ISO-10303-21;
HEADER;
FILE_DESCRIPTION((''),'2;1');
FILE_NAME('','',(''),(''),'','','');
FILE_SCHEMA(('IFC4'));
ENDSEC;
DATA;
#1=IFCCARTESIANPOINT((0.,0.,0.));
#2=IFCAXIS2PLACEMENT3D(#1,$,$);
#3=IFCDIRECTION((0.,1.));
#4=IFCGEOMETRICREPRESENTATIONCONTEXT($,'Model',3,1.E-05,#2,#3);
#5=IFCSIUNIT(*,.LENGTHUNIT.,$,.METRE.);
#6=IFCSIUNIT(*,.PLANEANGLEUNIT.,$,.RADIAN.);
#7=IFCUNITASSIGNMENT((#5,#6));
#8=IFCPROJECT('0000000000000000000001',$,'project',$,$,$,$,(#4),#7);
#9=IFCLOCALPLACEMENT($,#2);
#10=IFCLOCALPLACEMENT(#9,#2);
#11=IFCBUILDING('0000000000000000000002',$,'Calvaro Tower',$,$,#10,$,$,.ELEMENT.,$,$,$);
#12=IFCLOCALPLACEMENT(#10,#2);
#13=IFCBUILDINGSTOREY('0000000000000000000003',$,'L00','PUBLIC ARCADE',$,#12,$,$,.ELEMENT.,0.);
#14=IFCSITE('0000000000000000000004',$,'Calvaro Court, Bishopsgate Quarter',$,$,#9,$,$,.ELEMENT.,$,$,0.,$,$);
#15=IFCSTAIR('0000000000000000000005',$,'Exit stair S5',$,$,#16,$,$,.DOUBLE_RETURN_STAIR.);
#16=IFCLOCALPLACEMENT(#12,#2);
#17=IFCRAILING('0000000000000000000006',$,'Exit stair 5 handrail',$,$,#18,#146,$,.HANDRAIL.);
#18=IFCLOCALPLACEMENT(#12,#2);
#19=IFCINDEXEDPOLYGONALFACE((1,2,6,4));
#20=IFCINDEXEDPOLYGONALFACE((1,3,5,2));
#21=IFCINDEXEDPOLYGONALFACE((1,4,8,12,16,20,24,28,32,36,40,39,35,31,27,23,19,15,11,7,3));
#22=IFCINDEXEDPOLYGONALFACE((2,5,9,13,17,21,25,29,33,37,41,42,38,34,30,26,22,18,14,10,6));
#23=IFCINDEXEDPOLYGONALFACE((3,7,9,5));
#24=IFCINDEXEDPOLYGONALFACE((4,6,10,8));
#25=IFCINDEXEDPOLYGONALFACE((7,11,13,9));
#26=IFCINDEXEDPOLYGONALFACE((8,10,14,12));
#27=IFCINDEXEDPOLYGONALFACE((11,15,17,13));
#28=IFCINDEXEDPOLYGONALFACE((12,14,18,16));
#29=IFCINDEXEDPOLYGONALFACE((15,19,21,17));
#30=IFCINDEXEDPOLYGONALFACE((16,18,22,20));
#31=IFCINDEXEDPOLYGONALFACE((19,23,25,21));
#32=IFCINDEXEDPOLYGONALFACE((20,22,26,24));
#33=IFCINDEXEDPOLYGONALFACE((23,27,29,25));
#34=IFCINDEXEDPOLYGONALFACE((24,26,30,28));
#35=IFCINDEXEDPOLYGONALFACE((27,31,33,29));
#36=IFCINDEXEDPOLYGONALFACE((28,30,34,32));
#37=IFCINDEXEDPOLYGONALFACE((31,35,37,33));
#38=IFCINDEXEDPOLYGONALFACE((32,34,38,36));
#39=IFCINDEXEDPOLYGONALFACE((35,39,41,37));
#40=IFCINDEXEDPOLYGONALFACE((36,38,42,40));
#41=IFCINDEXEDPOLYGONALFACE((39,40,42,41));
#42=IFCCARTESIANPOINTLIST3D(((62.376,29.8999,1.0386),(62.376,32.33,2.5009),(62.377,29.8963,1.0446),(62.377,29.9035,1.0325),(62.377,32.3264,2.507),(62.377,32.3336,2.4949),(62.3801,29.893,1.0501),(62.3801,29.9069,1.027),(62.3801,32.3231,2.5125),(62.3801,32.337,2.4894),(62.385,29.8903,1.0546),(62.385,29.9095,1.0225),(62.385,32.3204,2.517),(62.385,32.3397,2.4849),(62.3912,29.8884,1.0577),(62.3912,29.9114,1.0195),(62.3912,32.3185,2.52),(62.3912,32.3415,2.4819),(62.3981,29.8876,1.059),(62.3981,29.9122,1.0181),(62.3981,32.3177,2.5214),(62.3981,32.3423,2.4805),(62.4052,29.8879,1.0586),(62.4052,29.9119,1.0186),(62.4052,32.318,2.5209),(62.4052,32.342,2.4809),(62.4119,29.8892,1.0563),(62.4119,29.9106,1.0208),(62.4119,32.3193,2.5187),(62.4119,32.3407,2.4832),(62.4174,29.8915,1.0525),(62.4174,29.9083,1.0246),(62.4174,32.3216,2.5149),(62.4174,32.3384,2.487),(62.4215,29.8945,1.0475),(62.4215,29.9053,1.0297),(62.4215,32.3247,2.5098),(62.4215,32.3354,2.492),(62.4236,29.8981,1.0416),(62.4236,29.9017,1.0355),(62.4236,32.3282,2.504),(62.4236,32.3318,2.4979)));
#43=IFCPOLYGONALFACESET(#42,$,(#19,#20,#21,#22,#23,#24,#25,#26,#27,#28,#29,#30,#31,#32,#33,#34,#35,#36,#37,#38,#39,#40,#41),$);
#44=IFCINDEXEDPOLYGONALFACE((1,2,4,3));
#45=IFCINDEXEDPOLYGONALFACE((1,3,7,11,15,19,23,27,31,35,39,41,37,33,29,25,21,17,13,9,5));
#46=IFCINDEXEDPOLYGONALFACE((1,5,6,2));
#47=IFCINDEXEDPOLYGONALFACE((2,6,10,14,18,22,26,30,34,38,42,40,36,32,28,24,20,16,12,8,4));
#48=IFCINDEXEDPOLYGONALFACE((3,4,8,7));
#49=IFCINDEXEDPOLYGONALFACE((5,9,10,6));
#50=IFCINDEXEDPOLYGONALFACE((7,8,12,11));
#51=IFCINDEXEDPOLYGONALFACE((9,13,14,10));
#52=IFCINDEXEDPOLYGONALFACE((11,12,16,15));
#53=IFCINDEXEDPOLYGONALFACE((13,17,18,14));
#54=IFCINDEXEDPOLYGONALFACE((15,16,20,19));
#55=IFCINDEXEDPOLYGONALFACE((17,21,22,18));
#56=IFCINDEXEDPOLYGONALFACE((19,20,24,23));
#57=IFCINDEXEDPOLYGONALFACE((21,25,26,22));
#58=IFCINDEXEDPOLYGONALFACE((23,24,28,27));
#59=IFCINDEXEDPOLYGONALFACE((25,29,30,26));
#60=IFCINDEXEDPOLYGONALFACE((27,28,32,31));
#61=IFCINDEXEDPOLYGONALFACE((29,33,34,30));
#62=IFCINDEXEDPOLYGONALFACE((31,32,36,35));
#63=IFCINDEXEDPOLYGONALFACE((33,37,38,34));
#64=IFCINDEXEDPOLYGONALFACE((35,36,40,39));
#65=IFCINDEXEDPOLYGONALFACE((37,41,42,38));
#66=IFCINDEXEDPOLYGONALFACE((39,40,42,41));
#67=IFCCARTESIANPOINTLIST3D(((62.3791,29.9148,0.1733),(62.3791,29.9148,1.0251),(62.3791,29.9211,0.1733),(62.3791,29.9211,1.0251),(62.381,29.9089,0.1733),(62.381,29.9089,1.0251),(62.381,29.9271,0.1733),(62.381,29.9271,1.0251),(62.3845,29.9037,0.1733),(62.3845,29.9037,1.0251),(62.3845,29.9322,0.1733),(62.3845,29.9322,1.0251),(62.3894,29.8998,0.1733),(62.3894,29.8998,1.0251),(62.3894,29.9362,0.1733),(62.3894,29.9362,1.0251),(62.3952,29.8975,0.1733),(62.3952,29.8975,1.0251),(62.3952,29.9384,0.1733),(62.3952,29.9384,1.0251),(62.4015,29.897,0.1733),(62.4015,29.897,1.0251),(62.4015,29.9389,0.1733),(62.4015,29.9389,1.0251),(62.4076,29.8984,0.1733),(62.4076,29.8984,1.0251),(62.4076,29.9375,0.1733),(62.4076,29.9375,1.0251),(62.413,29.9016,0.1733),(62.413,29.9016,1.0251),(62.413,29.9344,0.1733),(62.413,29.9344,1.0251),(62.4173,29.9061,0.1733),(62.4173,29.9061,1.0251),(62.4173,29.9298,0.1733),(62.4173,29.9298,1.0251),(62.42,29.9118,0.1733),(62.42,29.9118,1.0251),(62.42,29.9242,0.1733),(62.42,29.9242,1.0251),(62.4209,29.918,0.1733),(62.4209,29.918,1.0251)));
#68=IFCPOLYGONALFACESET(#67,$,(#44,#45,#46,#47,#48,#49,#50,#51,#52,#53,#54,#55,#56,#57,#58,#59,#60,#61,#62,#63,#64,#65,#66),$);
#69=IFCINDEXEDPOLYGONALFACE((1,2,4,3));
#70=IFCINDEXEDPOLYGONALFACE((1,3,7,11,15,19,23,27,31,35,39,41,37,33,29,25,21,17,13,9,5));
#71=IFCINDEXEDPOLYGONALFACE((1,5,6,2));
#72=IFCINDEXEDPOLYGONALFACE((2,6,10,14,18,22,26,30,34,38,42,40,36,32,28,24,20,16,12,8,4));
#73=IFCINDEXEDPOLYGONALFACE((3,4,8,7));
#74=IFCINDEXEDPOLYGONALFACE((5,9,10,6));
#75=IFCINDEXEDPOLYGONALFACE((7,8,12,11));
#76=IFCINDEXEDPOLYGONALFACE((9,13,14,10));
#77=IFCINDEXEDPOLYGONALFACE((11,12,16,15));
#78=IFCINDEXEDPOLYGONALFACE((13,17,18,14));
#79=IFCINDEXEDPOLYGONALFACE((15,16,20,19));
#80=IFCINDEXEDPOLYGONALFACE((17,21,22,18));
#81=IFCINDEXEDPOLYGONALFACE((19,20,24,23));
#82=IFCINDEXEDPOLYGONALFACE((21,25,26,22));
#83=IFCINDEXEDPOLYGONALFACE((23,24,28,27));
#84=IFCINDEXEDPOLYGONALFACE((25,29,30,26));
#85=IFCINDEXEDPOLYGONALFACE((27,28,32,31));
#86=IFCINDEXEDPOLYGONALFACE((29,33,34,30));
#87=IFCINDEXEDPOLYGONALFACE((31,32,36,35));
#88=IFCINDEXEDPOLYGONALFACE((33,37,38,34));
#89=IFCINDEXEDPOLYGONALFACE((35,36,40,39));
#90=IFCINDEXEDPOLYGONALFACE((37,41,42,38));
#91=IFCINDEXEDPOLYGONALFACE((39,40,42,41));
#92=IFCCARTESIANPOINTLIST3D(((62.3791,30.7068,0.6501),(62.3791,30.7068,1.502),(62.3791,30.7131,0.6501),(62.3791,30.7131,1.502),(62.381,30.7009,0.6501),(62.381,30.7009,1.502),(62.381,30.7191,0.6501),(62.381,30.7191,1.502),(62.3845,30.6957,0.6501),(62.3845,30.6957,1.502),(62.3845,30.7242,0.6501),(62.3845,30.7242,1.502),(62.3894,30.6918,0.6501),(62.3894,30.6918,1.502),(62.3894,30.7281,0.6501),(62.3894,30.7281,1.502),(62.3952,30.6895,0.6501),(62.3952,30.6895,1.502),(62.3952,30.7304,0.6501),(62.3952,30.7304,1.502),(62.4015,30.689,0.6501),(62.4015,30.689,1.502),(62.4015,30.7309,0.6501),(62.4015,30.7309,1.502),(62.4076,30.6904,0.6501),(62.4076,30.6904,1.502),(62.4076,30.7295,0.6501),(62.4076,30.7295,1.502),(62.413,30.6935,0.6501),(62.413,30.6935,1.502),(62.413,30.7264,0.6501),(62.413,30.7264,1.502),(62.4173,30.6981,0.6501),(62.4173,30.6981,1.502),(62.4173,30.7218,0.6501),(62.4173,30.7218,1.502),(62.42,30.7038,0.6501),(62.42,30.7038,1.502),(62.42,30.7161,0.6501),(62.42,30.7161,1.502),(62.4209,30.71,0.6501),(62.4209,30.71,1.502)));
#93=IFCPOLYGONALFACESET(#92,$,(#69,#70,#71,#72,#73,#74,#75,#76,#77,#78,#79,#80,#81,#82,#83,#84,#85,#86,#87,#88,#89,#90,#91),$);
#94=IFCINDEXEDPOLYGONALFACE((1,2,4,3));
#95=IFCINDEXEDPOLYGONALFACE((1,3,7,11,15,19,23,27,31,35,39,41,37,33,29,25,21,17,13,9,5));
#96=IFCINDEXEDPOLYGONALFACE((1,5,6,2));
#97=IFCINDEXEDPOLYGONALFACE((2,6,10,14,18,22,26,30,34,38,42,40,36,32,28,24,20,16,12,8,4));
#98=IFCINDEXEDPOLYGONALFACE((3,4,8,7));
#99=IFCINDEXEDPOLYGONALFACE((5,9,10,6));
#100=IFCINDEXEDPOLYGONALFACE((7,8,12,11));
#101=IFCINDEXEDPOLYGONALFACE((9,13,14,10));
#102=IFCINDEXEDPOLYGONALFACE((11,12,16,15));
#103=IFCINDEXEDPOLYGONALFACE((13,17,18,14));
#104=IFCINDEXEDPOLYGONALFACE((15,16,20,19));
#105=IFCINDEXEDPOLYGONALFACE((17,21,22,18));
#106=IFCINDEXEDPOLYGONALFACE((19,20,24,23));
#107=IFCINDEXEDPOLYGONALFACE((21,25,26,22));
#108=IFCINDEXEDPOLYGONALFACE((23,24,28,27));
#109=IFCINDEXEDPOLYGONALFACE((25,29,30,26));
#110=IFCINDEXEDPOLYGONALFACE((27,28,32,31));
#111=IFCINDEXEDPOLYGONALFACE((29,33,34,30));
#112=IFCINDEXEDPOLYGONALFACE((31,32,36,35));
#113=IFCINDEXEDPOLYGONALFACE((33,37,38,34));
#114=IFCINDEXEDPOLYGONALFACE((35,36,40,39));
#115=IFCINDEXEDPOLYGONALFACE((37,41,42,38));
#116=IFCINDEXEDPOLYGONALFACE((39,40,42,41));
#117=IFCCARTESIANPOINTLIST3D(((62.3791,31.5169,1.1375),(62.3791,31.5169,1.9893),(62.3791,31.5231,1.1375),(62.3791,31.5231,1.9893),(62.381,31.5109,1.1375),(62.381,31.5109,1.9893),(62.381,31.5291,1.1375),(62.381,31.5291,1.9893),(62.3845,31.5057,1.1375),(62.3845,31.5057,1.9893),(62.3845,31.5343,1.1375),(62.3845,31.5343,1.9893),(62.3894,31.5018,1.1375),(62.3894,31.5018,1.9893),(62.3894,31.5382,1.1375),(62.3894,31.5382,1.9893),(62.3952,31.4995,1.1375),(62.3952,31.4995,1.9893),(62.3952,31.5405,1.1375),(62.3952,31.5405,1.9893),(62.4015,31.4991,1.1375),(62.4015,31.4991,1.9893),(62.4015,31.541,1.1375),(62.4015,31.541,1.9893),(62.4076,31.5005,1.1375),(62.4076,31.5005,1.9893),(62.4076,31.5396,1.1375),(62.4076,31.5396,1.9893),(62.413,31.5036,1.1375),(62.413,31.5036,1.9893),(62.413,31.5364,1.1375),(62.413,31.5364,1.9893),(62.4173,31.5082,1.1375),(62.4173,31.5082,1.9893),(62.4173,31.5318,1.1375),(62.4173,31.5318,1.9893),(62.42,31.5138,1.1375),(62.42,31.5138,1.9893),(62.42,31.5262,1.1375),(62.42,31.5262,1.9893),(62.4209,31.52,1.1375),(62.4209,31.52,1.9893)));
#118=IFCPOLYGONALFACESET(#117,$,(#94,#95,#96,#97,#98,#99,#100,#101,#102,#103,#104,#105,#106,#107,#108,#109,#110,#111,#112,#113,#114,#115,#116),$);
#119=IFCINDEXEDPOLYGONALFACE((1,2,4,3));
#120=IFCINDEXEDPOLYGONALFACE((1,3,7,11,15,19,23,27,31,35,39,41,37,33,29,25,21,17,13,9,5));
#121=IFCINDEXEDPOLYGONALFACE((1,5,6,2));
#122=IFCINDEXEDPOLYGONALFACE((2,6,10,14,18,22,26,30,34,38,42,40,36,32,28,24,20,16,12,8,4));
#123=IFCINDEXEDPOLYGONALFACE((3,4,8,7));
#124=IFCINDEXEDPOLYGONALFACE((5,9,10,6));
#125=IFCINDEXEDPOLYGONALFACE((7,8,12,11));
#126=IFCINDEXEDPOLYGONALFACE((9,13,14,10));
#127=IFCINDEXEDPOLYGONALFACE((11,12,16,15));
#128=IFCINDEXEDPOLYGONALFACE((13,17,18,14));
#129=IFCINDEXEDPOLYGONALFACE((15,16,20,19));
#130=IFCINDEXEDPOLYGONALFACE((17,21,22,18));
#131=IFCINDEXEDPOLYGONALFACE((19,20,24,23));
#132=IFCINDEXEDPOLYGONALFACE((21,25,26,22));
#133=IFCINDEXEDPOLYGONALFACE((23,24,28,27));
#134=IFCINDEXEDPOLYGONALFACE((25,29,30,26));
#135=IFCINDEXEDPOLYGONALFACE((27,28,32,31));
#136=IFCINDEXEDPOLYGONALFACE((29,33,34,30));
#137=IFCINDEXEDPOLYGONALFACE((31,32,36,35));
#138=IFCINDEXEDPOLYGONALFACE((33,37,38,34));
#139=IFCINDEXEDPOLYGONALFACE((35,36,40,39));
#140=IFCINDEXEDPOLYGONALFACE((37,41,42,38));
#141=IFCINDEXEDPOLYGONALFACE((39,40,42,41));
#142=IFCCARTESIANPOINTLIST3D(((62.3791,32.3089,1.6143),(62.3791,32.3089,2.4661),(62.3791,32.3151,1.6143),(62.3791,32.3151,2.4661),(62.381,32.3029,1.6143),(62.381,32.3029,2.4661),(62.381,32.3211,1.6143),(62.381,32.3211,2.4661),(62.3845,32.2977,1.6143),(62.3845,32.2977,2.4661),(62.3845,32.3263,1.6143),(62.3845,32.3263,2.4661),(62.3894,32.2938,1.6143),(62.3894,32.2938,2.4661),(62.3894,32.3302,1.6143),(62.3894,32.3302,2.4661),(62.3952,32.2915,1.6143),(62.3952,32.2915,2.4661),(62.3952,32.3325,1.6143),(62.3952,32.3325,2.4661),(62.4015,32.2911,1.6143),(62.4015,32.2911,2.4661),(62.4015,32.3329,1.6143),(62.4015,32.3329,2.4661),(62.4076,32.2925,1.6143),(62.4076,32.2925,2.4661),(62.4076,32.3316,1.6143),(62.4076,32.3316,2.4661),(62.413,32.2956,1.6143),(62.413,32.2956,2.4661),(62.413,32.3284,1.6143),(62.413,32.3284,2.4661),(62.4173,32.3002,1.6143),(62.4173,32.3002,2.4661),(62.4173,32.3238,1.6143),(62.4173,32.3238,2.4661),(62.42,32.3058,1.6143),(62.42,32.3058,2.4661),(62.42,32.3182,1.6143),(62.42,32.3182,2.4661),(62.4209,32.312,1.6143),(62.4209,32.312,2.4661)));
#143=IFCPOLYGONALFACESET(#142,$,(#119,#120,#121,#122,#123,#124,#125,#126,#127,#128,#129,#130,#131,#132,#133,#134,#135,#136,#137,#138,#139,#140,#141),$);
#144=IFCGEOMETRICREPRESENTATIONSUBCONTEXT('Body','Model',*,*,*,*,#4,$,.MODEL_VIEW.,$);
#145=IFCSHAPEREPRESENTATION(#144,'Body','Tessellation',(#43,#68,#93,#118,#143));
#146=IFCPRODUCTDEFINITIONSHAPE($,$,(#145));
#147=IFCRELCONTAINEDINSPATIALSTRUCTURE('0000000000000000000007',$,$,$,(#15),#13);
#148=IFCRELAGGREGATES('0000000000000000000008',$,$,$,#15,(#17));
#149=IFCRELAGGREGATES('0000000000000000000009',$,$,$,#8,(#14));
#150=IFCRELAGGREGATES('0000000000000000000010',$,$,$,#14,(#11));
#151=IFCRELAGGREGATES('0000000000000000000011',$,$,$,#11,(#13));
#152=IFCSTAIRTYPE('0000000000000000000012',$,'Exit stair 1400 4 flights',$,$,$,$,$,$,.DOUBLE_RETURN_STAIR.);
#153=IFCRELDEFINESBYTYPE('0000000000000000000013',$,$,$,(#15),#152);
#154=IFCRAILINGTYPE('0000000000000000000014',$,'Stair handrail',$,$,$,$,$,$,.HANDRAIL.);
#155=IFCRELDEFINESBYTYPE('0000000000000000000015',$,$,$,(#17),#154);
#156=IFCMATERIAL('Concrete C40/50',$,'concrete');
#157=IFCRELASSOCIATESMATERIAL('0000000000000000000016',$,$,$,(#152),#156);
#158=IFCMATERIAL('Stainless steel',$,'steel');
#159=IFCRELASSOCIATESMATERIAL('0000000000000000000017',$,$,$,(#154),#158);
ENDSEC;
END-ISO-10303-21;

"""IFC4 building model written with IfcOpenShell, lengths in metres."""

from ifc_helpers import new_model, si_unit, direction, frame, origin, origin_2d, place, context, subcontext, project, spatial, circle, extrude, material, type_object, element, aggregate, save


model = new_model("IFC4")

# Units and contexts
model_context = context("Model", 3, precision=1e-05, world=origin(), true_north=direction((0.0, 1.0)))
body_context = subcontext(model_context, "Body", "Model", "MODEL_VIEW")
ifc_project = project(units=[si_unit("LENGTHUNIT", "METRE"), si_unit("PLANEANGLEUNIT", "RADIAN")], contexts=[model_context])

# Site, building, storey
site_placement = place(None, origin())
site = spatial("IfcSite", under=ifc_project, at=site_placement, Name="Calvaro Court, Bishopsgate Quarter", CompositionType="ELEMENT", RefElevation=0.0)
building_placement = place(site_placement, origin())
building = spatial("IfcBuilding", under=site, at=building_placement, Name="Calvaro Tower", CompositionType="ELEMENT")
storey_placement = place(building_placement, origin())
storey = spatial("IfcBuildingStorey", under=building, at=storey_placement, Name="L00", Description="PUBLIC ARCADE", CompositionType="ELEMENT", Elevation=0.0)

# Stair, railing
ifc_material_1 = material(Name="Concrete C40/50", Category="concrete")
stair_type = type_object("IfcStairType", Name="Exit stair 1400 4 flights", PredefinedType="DOUBLE_RETURN_STAIR", material=ifc_material_1)
stair_placement = place(storey_placement, origin())
stair = element("IfcStair", 1, at=stair_placement, inside=storey, type_object=stair_type, Name="Exit stair S5", PredefinedType="DOUBLE_RETURN_STAIR")
ifc_material_2 = material(Name="Stainless steel", Category="steel")
railing_type = type_object("IfcRailingType", Name="Stair handrail", PredefinedType="HANDRAIL", material=ifc_material_2)
railing_1_placement = place(storey_placement, frame((62.3999, 29.8999, 0.1626)))
railing_1 = element("IfcRailing", 2, at=railing_1_placement, type_object=railing_type, Name="Exit stair 5 handrail", PredefinedType="HANDRAIL", context=body_context, shape_type="SweptSolid", body=[
    extrude(circle(Radius=0.0239, at=origin_2d()), frame((0.0, 0.0, 0.876), z_axis=(0.0, 0.856824, 0.515609), x_axis=(-1.0, 0.0, 0.0)), (0.0, 0.0, 1.0), 2.8362),
    extrude(circle(Radius=0.021, at=origin_2d()), frame((0.0, 0.0181, 0.0107)), (0.0, 0.0, 1.0), 0.8518),
    extrude(circle(Radius=0.021, at=origin_2d()), frame((0.0, 0.8101, 0.4875)), (0.0, 0.0, 1.0), 0.8518),
    extrude(circle(Radius=0.021, at=origin_2d()), frame((0.0, 1.6201, 0.9749)), (0.0, 0.0, 1.0), 0.8518),
    extrude(circle(Radius=0.021, at=origin_2d()), frame((0.0, 2.4121, 1.4517)), (0.0, 0.0, 1.0), 0.8518),
])
aggregate(stair, [railing_1])

save(model, "model.ifc")
